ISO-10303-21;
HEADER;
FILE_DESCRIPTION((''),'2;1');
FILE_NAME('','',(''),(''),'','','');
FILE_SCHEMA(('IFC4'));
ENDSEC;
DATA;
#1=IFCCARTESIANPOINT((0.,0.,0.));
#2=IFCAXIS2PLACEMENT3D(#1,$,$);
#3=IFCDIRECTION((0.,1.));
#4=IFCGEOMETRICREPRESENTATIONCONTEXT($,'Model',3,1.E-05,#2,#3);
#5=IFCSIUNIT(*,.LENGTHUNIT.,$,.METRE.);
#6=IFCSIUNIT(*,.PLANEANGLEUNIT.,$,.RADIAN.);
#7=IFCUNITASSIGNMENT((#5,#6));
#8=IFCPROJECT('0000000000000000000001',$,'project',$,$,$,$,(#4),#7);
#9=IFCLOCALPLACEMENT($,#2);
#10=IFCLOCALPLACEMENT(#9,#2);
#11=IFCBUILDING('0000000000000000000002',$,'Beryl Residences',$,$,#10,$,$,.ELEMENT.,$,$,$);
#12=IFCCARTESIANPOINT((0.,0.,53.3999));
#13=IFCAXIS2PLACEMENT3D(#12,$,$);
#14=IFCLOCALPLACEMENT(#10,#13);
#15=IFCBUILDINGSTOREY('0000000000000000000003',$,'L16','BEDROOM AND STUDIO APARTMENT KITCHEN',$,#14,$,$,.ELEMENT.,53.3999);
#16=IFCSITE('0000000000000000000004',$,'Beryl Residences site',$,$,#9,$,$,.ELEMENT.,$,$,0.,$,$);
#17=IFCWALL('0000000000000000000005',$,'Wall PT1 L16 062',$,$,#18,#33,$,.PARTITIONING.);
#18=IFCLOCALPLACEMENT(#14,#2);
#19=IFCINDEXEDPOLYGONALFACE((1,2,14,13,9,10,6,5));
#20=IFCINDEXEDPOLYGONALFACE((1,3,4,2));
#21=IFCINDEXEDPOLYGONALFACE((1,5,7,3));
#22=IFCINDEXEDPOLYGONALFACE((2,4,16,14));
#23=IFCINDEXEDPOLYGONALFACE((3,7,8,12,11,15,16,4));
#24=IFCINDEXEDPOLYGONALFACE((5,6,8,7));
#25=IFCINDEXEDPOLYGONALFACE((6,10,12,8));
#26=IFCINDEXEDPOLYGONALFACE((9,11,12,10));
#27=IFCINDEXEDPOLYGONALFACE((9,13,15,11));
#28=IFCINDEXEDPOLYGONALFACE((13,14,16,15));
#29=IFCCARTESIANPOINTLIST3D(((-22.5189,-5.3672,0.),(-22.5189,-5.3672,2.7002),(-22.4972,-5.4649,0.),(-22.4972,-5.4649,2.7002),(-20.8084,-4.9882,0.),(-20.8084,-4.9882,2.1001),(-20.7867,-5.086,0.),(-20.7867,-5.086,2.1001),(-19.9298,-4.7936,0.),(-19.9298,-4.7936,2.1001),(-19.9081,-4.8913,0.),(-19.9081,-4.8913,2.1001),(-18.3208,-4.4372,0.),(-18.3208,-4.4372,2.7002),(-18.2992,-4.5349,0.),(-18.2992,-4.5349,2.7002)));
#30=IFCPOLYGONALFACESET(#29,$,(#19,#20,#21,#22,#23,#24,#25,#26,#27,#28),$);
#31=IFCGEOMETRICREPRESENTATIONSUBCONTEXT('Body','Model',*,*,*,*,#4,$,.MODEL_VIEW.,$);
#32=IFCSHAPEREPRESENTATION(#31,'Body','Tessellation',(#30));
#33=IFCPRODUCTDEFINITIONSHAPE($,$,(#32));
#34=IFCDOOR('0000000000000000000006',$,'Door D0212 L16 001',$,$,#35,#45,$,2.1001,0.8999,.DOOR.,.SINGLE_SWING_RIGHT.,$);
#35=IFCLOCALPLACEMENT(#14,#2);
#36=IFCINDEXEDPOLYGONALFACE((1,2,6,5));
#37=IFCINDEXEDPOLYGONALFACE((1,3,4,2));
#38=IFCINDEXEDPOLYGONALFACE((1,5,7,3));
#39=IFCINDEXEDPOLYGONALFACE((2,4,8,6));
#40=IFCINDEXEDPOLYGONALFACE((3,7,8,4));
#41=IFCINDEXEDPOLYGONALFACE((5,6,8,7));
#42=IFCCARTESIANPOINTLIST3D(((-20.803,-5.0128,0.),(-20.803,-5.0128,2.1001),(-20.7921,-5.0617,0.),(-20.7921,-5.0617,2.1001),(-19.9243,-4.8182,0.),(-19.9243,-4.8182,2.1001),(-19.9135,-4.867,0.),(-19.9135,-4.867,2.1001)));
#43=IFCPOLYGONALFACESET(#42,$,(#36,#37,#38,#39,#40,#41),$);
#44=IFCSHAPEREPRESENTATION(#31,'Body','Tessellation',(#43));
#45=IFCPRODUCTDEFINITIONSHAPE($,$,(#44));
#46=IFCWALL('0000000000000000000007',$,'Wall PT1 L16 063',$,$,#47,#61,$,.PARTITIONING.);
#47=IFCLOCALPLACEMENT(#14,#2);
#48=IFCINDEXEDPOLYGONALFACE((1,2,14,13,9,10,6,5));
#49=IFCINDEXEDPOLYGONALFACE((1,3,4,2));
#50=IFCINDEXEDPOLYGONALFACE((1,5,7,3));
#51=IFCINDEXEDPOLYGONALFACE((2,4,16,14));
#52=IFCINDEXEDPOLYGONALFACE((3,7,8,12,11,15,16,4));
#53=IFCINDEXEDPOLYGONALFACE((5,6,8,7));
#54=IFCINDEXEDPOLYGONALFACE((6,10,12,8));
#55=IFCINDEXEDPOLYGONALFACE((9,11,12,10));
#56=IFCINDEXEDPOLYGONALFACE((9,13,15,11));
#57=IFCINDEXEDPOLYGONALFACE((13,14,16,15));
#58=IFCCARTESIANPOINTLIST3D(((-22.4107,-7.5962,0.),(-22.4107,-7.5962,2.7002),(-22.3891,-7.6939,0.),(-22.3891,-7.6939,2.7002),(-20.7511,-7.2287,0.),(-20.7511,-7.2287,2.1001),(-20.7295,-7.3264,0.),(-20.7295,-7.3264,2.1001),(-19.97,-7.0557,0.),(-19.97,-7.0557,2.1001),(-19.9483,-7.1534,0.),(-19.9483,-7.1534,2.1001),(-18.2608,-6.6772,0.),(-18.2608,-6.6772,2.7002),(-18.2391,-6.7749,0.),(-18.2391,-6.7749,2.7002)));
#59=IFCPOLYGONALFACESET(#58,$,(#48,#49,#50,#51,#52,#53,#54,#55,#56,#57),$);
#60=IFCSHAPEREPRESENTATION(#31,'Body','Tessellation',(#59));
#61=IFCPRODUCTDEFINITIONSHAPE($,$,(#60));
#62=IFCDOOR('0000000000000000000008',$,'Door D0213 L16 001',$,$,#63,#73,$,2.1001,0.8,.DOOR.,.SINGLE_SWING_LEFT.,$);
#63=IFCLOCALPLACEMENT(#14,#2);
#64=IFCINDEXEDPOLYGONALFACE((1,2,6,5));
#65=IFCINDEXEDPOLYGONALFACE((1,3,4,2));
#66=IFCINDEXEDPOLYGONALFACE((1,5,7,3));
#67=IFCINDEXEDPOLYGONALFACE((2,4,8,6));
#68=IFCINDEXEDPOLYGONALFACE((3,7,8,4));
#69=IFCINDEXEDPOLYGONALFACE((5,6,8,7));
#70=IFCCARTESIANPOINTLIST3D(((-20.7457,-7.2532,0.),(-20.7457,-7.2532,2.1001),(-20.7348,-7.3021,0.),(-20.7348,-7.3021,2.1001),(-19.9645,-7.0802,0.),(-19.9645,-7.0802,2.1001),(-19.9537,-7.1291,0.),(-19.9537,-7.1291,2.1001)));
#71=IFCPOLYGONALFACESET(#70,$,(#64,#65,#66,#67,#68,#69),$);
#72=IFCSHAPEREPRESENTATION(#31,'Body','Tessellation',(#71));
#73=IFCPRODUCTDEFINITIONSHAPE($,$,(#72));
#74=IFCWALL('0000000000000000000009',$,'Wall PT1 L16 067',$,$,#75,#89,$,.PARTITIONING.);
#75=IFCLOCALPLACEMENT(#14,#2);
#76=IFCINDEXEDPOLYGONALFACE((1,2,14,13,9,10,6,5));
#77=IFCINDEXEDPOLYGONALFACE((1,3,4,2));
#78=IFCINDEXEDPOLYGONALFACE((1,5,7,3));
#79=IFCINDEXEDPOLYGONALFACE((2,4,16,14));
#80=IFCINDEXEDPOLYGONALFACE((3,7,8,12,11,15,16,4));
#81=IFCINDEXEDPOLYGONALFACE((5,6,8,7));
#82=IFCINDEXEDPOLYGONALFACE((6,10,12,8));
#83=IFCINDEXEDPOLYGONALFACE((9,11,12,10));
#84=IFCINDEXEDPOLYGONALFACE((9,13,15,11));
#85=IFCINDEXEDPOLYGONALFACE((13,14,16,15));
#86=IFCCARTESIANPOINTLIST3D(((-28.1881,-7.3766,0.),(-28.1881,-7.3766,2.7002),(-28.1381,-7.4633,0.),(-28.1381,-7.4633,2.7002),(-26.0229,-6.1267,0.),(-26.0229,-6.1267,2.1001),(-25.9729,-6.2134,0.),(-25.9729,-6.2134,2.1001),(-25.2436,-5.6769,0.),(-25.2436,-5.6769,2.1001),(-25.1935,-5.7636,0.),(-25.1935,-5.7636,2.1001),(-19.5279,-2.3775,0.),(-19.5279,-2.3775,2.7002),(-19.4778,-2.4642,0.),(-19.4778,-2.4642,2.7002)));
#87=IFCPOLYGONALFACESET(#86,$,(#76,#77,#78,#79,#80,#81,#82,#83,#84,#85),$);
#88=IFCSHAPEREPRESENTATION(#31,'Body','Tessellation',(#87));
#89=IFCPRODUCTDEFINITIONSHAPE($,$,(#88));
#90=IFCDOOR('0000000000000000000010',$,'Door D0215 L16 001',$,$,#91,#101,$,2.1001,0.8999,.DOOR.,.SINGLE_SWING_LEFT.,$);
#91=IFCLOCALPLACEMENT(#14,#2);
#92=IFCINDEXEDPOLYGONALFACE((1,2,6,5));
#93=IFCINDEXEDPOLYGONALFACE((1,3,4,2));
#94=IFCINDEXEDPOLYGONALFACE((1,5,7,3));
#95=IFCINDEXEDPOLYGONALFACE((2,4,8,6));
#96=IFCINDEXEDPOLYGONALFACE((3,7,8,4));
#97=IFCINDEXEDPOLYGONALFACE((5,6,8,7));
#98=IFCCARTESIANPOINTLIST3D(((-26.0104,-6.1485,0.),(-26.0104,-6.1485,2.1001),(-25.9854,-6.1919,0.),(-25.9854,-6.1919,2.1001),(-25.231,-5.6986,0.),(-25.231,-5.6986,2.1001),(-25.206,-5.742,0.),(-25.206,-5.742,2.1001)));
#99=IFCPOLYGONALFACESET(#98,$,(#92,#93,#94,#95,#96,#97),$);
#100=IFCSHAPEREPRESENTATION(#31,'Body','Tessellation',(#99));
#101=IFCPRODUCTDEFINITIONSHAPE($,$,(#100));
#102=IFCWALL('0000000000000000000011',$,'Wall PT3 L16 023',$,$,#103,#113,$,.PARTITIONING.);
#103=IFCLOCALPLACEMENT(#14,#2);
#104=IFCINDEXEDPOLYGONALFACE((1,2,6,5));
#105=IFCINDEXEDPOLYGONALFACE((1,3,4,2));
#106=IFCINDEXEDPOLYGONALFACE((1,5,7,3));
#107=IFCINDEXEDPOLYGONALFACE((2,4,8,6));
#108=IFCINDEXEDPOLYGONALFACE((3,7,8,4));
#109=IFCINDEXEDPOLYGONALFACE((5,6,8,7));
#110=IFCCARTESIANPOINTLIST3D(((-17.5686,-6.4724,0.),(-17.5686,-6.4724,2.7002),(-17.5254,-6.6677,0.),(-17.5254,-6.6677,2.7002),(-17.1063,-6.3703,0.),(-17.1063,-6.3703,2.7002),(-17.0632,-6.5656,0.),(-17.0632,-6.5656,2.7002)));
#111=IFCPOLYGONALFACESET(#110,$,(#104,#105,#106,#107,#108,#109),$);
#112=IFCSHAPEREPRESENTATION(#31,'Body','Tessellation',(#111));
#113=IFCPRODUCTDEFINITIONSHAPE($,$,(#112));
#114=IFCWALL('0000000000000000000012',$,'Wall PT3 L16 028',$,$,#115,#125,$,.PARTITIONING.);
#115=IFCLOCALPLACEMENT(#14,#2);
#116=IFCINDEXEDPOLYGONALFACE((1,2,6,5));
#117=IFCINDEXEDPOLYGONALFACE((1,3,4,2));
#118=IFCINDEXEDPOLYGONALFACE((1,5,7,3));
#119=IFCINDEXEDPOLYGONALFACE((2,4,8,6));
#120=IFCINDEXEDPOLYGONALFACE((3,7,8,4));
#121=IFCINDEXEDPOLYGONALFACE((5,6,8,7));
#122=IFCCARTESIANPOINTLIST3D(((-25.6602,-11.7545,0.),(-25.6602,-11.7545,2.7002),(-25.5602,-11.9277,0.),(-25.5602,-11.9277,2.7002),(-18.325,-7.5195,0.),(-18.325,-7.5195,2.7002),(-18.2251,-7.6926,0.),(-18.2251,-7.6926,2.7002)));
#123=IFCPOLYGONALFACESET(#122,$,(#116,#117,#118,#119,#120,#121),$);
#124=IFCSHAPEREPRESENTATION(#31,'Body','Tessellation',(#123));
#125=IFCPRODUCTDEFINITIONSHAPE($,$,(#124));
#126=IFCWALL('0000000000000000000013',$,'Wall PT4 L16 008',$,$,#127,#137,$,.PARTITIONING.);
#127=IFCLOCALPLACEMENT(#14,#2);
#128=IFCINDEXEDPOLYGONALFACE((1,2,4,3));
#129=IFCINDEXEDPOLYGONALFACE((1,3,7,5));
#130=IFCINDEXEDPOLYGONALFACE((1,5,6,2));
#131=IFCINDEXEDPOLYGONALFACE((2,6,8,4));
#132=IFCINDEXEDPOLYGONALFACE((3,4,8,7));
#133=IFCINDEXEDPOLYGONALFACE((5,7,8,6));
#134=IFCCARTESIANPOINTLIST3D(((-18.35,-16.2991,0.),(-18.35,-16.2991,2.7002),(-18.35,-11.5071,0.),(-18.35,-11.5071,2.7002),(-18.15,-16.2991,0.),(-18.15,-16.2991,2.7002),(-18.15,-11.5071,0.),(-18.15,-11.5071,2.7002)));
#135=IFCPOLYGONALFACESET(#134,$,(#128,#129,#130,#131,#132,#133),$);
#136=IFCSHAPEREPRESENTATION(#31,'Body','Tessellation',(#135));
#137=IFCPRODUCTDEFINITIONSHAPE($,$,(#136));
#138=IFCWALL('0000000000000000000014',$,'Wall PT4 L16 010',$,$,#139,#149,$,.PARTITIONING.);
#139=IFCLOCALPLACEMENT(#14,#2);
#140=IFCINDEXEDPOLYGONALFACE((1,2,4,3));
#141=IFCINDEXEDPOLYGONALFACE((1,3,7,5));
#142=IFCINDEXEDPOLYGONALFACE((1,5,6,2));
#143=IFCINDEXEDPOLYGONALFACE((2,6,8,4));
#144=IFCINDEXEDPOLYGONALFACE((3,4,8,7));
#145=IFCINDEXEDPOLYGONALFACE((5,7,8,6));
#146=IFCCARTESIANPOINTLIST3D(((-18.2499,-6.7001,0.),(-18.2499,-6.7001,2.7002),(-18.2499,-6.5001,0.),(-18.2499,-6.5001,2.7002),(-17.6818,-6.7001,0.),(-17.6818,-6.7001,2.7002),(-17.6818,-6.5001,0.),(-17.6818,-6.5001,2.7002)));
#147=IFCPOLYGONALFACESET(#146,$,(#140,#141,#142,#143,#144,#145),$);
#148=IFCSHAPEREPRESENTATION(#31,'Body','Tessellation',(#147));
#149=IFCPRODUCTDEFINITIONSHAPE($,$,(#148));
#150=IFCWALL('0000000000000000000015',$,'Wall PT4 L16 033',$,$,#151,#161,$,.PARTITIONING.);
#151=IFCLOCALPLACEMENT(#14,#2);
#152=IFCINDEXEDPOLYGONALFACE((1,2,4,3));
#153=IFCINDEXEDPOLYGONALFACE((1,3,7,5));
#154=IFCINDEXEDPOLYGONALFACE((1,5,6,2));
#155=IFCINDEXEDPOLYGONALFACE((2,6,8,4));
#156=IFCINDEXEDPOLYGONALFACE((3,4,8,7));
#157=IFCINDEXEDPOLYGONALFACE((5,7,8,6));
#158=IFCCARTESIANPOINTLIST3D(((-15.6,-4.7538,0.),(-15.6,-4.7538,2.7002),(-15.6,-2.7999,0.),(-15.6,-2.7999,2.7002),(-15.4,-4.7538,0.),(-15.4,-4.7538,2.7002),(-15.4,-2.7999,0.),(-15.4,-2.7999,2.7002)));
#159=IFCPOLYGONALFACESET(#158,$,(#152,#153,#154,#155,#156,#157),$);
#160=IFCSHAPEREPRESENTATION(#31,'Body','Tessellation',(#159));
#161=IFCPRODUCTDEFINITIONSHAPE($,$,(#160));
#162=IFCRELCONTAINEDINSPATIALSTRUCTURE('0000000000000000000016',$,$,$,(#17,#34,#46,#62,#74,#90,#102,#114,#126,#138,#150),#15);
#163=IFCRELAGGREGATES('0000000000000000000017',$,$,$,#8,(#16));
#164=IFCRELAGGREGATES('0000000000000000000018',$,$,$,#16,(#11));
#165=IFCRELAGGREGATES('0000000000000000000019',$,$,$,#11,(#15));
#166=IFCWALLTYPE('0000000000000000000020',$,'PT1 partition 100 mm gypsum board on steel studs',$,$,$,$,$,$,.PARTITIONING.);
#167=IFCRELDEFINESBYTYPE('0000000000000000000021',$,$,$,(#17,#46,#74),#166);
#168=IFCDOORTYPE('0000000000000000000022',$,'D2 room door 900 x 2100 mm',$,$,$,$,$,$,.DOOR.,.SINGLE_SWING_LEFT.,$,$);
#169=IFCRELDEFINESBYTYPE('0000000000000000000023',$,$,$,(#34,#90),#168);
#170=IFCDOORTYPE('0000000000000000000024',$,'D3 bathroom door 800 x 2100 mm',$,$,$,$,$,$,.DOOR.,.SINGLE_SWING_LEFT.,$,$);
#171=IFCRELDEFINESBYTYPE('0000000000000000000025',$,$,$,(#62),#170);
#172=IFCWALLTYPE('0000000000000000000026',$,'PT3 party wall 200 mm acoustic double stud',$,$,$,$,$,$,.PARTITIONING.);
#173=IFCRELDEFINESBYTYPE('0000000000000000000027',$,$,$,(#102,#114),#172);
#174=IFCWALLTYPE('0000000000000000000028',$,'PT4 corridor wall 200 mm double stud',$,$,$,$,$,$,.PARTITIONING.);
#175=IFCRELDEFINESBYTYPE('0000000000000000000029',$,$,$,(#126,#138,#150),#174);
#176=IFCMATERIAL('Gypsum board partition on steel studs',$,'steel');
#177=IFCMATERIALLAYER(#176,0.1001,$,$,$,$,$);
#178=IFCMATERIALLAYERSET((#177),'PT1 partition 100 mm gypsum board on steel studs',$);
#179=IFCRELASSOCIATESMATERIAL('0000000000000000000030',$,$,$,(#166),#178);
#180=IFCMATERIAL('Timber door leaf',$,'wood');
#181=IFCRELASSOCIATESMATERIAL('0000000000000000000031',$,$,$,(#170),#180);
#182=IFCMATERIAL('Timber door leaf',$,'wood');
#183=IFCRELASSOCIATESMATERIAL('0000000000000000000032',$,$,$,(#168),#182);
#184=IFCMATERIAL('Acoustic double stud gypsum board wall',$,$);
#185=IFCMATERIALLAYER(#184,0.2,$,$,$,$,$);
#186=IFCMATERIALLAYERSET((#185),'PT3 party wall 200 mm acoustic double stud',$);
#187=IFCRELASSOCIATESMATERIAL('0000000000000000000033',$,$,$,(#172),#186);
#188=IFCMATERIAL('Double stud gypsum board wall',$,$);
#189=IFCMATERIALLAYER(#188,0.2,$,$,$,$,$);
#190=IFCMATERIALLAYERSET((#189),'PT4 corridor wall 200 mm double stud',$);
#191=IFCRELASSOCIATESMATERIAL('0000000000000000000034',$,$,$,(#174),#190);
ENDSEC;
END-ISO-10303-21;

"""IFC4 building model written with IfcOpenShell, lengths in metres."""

from ifc_helpers import new_model, si_unit, direction, frame, frame_2d, origin, place, context, subcontext, project, spatial, rectangle, extrude, material, layer, layer_set, type_object, element, fill, save


model = new_model("IFC4")

# Units and contexts
model_context = context("Model", 3, precision=1e-05, world=origin(), true_north=direction((0.0, 1.0)))
body_context = subcontext(model_context, "Body", "Model", "MODEL_VIEW")
ifc_project = project(units=[si_unit("LENGTHUNIT", "METRE"), si_unit("PLANEANGLEUNIT", "RADIAN")], contexts=[model_context])

# Site, building, storey
site_placement = place(None, origin())
site = spatial("IfcSite", under=ifc_project, at=site_placement, Name="Beryl Residences site", CompositionType="ELEMENT", RefElevation=0.0)
building_placement = place(site_placement, origin())
building = spatial("IfcBuilding", under=site, at=building_placement, Name="Beryl Residences", CompositionType="ELEMENT")
storey_placement = place(building_placement, frame((0.0, 0.0, 53.3999)))
storey = spatial("IfcBuildingStorey", under=building, at=storey_placement, Name="L16", Description="BEDROOM AND STUDIO APARTMENT KITCHEN", CompositionType="ELEMENT", Elevation=53.3999)

# Shared definitions
ifc_material_1 = material(Name="Gypsum board partition on steel studs", Category="steel")
ifc_layer_1 = layer(ifc_material_1, 0.1001)
ifc_layer_set_1 = layer_set([ifc_layer_1], Name="PT1 partition 100 mm gypsum board on steel studs")
wall_type_1 = type_object("IfcWallType", Name="PT1 partition 100 mm gypsum board on steel studs", PredefinedType="PARTITIONING", material=ifc_layer_set_1)

# Walls, openings, doors
ifc_material_2 = material(Name="Timber door leaf", Category="wood")
door_type_1 = type_object("IfcDoorType", Name="D3 bathroom door 800 x 2100 mm", OperationType="SINGLE_SWING_LEFT", PredefinedType="DOOR", material=ifc_material_2)
ifc_material_3 = material(Name="Timber door leaf", Category="wood")
door_type_2 = type_object("IfcDoorType", Name="D2 room door 900 x 2100 mm", OperationType="SINGLE_SWING_LEFT", PredefinedType="DOOR", material=ifc_material_3)
wall_1_placement = place(storey_placement, frame((-22.5081, -5.416, 0.0), z_axis=(0.0, 0.0, 1.0), x_axis=(0.976332, 0.216275, 0.0)))
wall_1 = element("IfcWall", 1, at=wall_1_placement, inside=storey, type_object=wall_type_1, Name="Wall PT1 L16 062", PredefinedType="PARTITIONING", context=body_context, shape_type="SweptSolid", body=[
    extrude(rectangle(XDim=4.2998, YDim=0.1001, at=frame_2d((2.1499, 0.0))), origin(), (0.0, 0.0, 1.0), 2.7002),
])
opening_1_placement = place(wall_1_placement, frame((1.752, 0.0, 0.0)))
opening_1 = element("IfcOpeningElement", 2, at=opening_1_placement, cuts=wall_1, PredefinedType="OPENING", context=body_context, shape_type="SweptSolid", body=[
    extrude(rectangle(XDim=0.8999, YDim=2.1001, at=frame_2d((0.45, 1.05))), frame((0.0, 0.0601, 0.0), z_axis=(0.0, -1.0, 0.0), x_axis=(1.0, 0.0, 0.0)), (0.0, 0.0, 1.0), 0.1201),
])
door_1_placement = place(opening_1_placement, origin())
door_1 = element("IfcDoor", 3, at=door_1_placement, inside=storey, type_object=door_type_2, Name="Door D0212 L16 001", OperationType="SINGLE_SWING_RIGHT", OverallHeight=2.1001, OverallWidth=0.8999, PredefinedType="DOOR", context=body_context, shape_type="SweptSolid", body=[
    extrude(rectangle(XDim=0.8999, YDim=2.1001, at=frame_2d((0.45, 1.05))), frame((0.0, 0.0249, 0.0), z_axis=(0.0, -1.0, 0.0), x_axis=(1.0, 0.0, 0.0)), (0.0, 0.0, 1.0), 0.05),
])
fill(opening_1, door_1)
wall_2_placement = place(storey_placement, frame((-22.3999, -7.645, 0.0), z_axis=(0.0, 0.0, 1.0), x_axis=(0.976349, 0.216201, 0.0)))
wall_2 = element("IfcWall", 4, at=wall_2_placement, inside=storey, type_object=wall_type_1, Name="Wall PT1 L16 063", PredefinedType="PARTITIONING", context=body_context, shape_type="SweptSolid", body=[
    extrude(rectangle(XDim=4.2505, YDim=0.1001, at=frame_2d((2.1252, 0.0))), origin(), (0.0, 0.0, 1.0), 2.7002),
])
opening_2_placement = place(wall_2_placement, frame((1.7, 0.0, 0.0)))
opening_2 = element("IfcOpeningElement", 5, at=opening_2_placement, cuts=wall_2, PredefinedType="OPENING", context=body_context, shape_type="SweptSolid", body=[
    extrude(rectangle(XDim=0.8, YDim=2.1001, at=frame_2d((0.3999, 1.05))), frame((0.0, 0.0601, 0.0), z_axis=(0.0, -1.0, 0.0), x_axis=(1.0, 0.0, 0.0)), (0.0, 0.0, 1.0), 0.1201),
])
door_2_placement = place(opening_2_placement, origin())
door_2 = element("IfcDoor", 6, at=door_2_placement, inside=storey, type_object=door_type_1, Name="Door D0213 L16 001", OperationType="SINGLE_SWING_LEFT", OverallHeight=2.1001, OverallWidth=0.8, PredefinedType="DOOR", context=body_context, shape_type="SweptSolid", body=[
    extrude(rectangle(XDim=0.8, YDim=2.1001, at=frame_2d((0.3999, 1.05))), frame((0.0, 0.0249, 0.0), z_axis=(0.0, -1.0, 0.0), x_axis=(1.0, 0.0, 0.0)), (0.0, 0.0, 1.0), 0.05),
])
fill(opening_2, door_2)
wall_3_placement = place(storey_placement, frame((-28.1631, -7.4199, 0.0), z_axis=(0.0, 0.0, 1.0), x_axis=(0.866065, 0.499931, 0.0)))
wall_3 = element("IfcWall", 7, at=wall_3_placement, inside=storey, type_object=wall_type_1, Name="Wall PT1 L16 067", PredefinedType="PARTITIONING", context=body_context, shape_type="SweptSolid", body=[
    extrude(rectangle(XDim=9.9995, YDim=0.1001, at=frame_2d((4.9998, 0.0))), origin(), (0.0, 0.0, 1.0), 2.7002),
])
opening_3_placement = place(wall_3_placement, frame((2.5, 0.0, 0.0)))
opening_3 = element("IfcOpeningElement", 8, at=opening_3_placement, cuts=wall_3, PredefinedType="OPENING", context=body_context, shape_type="SweptSolid", body=[
    extrude(rectangle(XDim=0.8999, YDim=2.1001, at=frame_2d((0.45, 1.05))), frame((0.0, 0.0601, 0.0), z_axis=(0.0, -1.0, 0.0), x_axis=(1.0, 0.0, 0.0)), (0.0, 0.0, 1.0), 0.1201),
])
door_3_placement = place(opening_3_placement, origin())
door_3 = element("IfcDoor", 9, at=door_3_placement, inside=storey, type_object=door_type_2, Name="Door D0215 L16 001", OperationType="SINGLE_SWING_LEFT", OverallHeight=2.1001, OverallWidth=0.8999, PredefinedType="DOOR", context=body_context, shape_type="SweptSolid", body=[
    extrude(rectangle(XDim=0.8999, YDim=2.1001, at=frame_2d((0.45, 1.05))), frame((0.0, 0.0249, 0.0), z_axis=(0.0, -1.0, 0.0), x_axis=(1.0, 0.0, 0.0)), (0.0, 0.0, 1.0), 0.05),
])
fill(opening_3, door_3)

# Walls
ifc_material_4 = material(Name="Acoustic double stud gypsum board wall")
ifc_layer_2 = layer(ifc_material_4, 0.2)
ifc_layer_set_2 = layer_set([ifc_layer_2], Name="PT3 party wall 200 mm acoustic double stud")
wall_type_2 = type_object("IfcWallType", Name="PT3 party wall 200 mm acoustic double stud", PredefinedType="PARTITIONING", material=ifc_layer_set_2)
wall_4_placement = place(storey_placement, frame((-17.5471, -6.5701, 0.0), z_axis=(0.0, 0.0, 1.0), x_axis=(0.976477, 0.215619, 0.0)))
element("IfcWall", 10, at=wall_4_placement, inside=storey, type_object=wall_type_2, Name="Wall PT3 L16 023", PredefinedType="PARTITIONING", context=body_context, shape_type="SweptSolid", body=[
    extrude(rectangle(XDim=0.4734, YDim=0.2, at=frame_2d((0.2368, 0.0))), origin(), (0.0, 0.0, 1.0), 2.7002),
])
wall_5_placement = place(storey_placement, frame((-25.6101, -11.8411, 0.0), z_axis=(0.0, 0.0, 1.0), x_axis=(0.866019, 0.500011, 0.0)))
element("IfcWall", 11, at=wall_5_placement, inside=storey, type_object=wall_type_2, Name="Wall PT3 L16 028", PredefinedType="PARTITIONING", context=body_context, shape_type="SweptSolid", body=[
    extrude(rectangle(XDim=8.47, YDim=0.2, at=frame_2d((4.2349, 0.0))), origin(), (0.0, 0.0, 1.0), 2.7002),
])
ifc_material_5 = material(Name="Double stud gypsum board wall")
ifc_layer_3 = layer(ifc_material_5, 0.2)
ifc_layer_set_3 = layer_set([ifc_layer_3], Name="PT4 corridor wall 200 mm double stud")
wall_type_3 = type_object("IfcWallType", Name="PT4 corridor wall 200 mm double stud", PredefinedType="PARTITIONING", material=ifc_layer_set_3)
wall_6_placement = place(storey_placement, frame((-18.25, -11.5071, 0.0), z_axis=(0.0, 0.0, 1.0), x_axis=(0.0, -1.0, 0.0)))
element("IfcWall", 12, at=wall_6_placement, inside=storey, type_object=wall_type_3, Name="Wall PT4 L16 008", PredefinedType="PARTITIONING", context=body_context, shape_type="SweptSolid", body=[
    extrude(rectangle(XDim=4.792, YDim=0.2, at=frame_2d((2.396, 0.0))), origin(), (0.0, 0.0, 1.0), 2.7002),
])
wall_7_placement = place(storey_placement, frame((-18.25, -6.6001, 0.0), z_axis=(0.0, 0.0, 1.0), x_axis=(1.0, 0.0, 0.0)))
element("IfcWall", 13, at=wall_7_placement, inside=storey, type_object=wall_type_3, Name="Wall PT4 L16 010", PredefinedType="PARTITIONING", context=body_context, shape_type="SweptSolid", body=[
    extrude(rectangle(XDim=0.5681, YDim=0.2, at=frame_2d((0.2842, 0.0))), origin(), (0.0, 0.0, 1.0), 2.7002),
])
wall_8_placement = place(storey_placement, frame((-15.5, -4.7539, 0.0), z_axis=(0.0, 0.0, 1.0), x_axis=(0.0, 1.0, 0.0)))
element("IfcWall", 14, at=wall_8_placement, inside=storey, type_object=wall_type_3, Name="Wall PT4 L16 033", PredefinedType="PARTITIONING", context=body_context, shape_type="SweptSolid", body=[
    extrude(rectangle(XDim=1.9539, YDim=0.2, at=frame_2d((0.9771, 0.0))), origin(), (0.0, 0.0, 1.0), 2.7002),
])

save(model, "model.ifc")
